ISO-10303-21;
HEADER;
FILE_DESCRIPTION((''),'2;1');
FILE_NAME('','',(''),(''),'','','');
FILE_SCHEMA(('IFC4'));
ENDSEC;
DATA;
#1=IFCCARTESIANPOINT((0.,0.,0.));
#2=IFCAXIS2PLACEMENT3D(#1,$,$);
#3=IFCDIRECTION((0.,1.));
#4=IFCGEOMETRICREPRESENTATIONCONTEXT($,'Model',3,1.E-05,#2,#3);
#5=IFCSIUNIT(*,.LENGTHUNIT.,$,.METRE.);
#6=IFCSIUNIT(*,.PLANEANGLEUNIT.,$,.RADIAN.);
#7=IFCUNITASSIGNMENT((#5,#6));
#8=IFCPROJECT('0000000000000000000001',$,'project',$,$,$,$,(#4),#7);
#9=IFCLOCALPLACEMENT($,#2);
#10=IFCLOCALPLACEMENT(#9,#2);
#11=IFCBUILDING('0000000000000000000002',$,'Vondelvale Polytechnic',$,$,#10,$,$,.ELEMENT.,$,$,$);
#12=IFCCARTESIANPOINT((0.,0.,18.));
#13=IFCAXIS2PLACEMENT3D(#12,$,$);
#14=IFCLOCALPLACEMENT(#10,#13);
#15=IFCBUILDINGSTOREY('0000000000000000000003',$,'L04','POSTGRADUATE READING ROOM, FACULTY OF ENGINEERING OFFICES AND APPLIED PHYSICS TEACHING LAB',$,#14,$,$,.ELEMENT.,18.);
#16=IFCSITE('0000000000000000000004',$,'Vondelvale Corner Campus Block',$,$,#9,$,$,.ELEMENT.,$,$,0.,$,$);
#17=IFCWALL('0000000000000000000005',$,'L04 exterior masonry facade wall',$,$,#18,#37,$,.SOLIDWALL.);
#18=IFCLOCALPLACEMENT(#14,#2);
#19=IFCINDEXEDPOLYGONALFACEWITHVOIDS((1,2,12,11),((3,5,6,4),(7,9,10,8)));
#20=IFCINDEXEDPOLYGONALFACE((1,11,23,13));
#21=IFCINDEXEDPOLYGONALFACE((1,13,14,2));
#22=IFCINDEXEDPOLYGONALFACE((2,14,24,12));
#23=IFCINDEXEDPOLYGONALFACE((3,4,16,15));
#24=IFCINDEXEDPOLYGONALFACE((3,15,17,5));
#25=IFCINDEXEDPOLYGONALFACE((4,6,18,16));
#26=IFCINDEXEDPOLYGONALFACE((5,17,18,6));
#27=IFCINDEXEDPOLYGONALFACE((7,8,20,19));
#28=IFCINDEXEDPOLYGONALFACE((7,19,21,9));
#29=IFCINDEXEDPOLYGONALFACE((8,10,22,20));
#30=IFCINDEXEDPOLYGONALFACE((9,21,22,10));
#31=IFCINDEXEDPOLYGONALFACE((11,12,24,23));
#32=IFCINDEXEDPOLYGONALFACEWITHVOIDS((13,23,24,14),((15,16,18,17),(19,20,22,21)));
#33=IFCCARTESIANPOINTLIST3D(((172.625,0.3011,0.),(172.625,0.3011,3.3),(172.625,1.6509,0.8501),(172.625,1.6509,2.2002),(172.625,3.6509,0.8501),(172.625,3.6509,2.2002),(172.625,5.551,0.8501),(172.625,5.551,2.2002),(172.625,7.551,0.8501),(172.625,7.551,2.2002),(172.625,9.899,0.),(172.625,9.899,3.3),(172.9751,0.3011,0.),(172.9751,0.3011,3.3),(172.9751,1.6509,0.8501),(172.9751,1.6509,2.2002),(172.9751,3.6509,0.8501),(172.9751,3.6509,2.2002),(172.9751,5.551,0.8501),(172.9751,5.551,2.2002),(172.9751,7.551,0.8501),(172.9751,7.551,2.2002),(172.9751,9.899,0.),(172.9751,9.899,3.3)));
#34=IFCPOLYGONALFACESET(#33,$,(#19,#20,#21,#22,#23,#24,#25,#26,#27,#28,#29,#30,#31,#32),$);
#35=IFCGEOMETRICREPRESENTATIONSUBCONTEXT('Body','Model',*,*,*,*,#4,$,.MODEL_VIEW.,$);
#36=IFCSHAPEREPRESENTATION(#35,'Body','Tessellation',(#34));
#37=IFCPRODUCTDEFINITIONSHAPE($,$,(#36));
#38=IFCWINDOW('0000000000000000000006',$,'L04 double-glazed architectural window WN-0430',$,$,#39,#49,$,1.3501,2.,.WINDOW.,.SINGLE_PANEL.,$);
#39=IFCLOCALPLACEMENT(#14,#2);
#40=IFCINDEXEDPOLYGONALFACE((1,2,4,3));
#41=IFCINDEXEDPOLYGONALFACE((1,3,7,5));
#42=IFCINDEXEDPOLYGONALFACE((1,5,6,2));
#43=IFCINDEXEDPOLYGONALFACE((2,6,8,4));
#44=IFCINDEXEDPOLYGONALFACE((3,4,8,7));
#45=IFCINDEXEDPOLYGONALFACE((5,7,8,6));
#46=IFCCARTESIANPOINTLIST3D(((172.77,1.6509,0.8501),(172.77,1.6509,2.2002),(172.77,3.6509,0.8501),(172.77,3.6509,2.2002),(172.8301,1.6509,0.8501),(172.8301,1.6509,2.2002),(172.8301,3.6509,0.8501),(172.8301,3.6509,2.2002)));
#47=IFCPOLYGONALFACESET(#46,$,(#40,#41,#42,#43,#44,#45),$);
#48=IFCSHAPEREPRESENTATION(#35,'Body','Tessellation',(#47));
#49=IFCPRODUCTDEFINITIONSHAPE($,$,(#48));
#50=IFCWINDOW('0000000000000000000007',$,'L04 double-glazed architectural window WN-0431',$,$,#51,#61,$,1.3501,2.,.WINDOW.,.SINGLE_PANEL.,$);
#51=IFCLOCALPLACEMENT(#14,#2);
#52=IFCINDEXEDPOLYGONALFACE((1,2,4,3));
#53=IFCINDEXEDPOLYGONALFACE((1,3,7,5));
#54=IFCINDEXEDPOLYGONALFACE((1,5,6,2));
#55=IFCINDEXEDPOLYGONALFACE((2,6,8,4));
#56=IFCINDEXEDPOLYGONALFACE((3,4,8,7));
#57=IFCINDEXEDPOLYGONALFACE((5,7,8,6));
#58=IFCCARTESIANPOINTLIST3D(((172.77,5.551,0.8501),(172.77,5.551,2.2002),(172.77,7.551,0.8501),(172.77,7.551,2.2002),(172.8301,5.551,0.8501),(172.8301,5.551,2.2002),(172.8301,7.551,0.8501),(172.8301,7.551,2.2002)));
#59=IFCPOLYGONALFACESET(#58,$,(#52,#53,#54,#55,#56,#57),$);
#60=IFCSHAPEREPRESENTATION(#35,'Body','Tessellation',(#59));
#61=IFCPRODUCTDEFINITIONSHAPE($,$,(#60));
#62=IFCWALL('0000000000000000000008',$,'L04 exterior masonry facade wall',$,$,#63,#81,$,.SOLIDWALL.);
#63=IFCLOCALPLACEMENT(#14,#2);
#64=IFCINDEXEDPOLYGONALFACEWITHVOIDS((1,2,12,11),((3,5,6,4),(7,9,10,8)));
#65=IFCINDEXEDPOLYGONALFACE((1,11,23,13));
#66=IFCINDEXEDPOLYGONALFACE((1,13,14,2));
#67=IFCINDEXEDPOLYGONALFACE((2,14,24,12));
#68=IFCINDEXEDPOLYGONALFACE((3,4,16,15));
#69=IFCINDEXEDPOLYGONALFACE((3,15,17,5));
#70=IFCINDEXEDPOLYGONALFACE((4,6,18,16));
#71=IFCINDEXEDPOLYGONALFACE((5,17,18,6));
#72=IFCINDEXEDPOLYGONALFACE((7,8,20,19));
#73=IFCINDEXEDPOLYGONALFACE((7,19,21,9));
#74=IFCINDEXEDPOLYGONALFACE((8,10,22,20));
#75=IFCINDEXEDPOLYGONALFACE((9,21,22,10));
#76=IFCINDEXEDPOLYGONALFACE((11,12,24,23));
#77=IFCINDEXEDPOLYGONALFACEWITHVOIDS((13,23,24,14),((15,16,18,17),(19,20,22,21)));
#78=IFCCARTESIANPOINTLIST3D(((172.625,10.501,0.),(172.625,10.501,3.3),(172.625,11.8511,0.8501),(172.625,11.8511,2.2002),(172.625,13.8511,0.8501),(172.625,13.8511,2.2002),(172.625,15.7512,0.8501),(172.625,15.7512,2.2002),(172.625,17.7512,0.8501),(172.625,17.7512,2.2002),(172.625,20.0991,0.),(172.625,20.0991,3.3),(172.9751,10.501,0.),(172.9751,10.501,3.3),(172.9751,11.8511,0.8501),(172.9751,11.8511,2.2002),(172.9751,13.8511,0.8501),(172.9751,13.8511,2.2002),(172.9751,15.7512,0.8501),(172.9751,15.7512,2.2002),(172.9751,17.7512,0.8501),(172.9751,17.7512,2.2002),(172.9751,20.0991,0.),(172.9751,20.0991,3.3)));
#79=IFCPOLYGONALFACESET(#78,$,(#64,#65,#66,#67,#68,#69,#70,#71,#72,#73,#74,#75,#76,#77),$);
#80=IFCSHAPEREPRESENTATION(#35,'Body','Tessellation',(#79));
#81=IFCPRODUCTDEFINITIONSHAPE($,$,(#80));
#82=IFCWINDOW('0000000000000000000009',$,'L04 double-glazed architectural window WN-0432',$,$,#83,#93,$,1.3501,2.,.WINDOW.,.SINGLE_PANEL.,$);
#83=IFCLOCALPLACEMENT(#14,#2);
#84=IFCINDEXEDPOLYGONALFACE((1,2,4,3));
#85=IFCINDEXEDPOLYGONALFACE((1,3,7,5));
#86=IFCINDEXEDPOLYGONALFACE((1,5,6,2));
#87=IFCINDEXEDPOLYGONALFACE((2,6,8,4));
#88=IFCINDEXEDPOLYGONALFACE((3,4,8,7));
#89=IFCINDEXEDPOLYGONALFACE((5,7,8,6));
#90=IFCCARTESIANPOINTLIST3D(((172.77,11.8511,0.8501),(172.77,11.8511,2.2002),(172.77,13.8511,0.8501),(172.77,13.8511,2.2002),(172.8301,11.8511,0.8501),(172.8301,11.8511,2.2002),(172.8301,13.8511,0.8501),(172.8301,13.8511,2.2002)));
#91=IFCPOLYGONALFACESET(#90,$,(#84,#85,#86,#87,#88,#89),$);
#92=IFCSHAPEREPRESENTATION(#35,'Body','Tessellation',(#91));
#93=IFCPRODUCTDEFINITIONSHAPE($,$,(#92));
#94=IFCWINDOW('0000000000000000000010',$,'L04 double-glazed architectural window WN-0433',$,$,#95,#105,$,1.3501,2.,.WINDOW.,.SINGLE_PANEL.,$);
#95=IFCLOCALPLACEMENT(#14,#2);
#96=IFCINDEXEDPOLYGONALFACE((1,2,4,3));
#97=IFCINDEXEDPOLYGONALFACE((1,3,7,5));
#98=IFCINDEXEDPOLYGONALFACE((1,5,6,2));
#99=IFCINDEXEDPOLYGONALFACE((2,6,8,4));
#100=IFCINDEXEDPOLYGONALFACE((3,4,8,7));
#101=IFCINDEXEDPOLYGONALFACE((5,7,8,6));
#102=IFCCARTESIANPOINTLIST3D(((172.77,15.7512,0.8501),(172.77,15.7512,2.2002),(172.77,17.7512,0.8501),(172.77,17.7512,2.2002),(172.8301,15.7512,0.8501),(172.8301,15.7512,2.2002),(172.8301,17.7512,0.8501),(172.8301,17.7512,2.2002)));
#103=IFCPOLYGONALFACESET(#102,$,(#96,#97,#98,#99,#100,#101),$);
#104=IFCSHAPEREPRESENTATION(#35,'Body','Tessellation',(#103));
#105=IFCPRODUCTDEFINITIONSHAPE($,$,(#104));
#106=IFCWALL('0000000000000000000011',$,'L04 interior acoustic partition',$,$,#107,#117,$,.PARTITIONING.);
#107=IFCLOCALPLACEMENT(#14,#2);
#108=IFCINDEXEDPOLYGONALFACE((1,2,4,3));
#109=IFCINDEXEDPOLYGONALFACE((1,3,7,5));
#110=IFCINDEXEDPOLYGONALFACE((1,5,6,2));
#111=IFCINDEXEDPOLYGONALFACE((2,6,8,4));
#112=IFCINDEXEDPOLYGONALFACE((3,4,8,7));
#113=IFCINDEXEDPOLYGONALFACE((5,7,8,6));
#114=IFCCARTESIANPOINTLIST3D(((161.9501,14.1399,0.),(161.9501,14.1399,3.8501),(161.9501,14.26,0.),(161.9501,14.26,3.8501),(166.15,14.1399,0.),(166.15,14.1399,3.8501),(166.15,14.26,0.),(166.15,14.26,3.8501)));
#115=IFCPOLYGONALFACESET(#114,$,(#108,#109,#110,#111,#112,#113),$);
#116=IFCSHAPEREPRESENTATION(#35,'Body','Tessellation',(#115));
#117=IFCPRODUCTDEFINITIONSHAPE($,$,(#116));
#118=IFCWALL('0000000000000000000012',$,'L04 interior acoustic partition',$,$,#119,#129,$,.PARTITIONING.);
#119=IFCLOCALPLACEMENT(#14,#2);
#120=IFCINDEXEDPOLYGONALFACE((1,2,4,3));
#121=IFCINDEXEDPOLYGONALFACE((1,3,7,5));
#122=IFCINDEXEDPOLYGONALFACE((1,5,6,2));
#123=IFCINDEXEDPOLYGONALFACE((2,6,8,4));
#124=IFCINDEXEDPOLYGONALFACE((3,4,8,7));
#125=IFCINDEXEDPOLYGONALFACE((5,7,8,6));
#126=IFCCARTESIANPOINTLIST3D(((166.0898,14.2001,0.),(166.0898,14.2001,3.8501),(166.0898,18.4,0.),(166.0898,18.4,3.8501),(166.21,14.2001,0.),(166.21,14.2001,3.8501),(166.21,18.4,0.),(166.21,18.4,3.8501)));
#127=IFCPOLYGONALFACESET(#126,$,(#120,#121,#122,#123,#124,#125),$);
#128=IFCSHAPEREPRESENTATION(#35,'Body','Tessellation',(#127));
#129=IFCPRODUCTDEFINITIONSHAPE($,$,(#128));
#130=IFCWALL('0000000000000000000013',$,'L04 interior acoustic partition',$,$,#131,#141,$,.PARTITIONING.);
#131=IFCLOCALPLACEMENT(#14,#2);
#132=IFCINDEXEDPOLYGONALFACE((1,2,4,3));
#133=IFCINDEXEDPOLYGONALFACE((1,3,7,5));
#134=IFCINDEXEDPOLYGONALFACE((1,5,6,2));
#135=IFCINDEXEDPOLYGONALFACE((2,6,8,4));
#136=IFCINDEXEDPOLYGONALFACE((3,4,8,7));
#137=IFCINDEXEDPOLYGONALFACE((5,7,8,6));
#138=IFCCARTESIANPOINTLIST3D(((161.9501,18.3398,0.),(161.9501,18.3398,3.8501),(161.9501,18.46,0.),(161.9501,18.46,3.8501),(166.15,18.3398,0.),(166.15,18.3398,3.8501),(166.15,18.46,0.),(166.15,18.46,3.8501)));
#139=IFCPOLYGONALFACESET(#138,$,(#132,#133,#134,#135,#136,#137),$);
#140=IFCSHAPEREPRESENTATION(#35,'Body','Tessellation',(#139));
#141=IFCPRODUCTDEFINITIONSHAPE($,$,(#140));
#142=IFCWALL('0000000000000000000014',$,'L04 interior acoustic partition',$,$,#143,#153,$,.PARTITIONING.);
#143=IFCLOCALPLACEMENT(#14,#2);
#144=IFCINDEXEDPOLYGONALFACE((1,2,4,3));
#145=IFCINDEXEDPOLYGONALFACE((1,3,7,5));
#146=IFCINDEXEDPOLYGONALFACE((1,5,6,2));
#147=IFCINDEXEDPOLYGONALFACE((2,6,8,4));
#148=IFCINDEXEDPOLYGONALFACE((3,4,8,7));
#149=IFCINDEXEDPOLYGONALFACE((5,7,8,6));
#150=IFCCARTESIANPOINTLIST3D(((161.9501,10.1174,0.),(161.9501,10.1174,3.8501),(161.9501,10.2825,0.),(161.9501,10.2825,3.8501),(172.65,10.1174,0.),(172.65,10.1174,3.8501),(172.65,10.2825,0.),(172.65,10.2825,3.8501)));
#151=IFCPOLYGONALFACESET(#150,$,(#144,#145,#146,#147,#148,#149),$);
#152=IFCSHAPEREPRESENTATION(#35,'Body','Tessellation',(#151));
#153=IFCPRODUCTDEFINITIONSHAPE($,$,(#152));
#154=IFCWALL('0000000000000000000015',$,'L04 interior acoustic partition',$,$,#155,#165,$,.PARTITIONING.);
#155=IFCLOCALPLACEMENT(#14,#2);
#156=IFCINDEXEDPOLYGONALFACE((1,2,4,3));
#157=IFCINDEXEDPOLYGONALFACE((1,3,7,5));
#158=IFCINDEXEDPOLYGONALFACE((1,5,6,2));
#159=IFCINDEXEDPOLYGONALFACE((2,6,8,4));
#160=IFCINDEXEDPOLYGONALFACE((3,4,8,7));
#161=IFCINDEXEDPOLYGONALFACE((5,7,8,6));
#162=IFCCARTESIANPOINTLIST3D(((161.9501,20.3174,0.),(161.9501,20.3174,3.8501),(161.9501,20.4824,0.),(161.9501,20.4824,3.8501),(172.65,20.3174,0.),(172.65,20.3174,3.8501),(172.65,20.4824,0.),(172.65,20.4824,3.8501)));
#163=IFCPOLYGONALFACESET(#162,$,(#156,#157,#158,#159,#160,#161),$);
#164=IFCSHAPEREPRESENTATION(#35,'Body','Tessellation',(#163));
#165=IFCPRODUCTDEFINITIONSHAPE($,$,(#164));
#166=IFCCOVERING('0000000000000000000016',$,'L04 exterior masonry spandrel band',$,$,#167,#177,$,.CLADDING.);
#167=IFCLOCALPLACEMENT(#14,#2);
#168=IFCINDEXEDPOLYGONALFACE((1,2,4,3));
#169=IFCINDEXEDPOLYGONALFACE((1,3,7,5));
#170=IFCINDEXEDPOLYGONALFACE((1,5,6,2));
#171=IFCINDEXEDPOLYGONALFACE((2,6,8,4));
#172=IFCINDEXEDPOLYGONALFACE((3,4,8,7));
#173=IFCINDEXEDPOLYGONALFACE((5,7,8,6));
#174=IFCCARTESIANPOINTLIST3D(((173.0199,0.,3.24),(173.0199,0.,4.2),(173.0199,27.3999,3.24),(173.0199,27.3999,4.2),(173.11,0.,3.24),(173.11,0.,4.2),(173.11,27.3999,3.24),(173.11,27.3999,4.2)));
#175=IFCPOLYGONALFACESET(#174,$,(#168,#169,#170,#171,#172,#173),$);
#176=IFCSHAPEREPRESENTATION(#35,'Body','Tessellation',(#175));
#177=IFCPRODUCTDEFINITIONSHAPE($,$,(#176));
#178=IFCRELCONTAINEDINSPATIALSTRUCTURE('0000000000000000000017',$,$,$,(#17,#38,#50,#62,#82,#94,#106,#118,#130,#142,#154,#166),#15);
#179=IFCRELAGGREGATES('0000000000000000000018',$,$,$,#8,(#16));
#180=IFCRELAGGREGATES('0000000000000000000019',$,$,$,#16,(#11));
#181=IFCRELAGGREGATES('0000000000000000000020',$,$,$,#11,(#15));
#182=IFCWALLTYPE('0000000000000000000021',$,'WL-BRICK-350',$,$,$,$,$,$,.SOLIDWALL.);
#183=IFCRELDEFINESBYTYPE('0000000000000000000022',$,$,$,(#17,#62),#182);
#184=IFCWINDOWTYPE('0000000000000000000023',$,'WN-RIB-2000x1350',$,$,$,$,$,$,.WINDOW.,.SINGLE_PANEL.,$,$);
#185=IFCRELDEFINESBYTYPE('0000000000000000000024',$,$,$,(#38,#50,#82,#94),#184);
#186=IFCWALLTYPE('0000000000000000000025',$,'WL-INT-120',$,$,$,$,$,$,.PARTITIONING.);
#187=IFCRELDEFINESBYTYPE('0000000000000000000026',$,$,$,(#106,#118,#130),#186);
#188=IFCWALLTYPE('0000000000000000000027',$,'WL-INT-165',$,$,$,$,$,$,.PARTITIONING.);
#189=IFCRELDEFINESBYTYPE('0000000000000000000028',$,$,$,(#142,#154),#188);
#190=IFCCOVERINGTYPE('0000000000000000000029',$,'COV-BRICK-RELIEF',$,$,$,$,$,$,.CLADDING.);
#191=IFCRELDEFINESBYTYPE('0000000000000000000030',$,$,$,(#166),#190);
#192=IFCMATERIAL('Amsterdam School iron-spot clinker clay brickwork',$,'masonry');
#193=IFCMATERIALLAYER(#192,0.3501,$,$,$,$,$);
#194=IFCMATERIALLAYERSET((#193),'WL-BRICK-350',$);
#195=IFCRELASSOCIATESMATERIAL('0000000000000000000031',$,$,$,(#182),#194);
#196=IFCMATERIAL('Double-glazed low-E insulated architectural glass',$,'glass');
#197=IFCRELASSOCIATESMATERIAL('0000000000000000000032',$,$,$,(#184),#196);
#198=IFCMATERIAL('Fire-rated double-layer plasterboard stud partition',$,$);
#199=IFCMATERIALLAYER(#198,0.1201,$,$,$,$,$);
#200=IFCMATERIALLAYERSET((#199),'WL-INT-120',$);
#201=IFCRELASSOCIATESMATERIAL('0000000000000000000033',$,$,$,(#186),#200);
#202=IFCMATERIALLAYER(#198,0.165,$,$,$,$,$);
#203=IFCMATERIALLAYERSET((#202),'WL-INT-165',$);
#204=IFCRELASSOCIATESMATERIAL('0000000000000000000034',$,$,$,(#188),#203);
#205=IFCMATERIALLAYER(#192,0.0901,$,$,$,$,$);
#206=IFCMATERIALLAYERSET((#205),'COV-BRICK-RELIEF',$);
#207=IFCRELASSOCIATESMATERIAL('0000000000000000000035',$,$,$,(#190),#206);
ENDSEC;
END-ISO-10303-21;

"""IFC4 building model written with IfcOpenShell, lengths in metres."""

from ifc_helpers import new_model, si_unit, direction, frame, frame_2d, origin, origin_2d, place, context, subcontext, project, spatial, rectangle, extrude, material, layer, layer_set, type_object, element, fill, save


model = new_model("IFC4")

# Units and contexts
model_context = context("Model", 3, precision=1e-05, world=origin(), true_north=direction((0.0, 1.0)))
body_context = subcontext(model_context, "Body", "Model", "MODEL_VIEW")
ifc_project = project(units=[si_unit("LENGTHUNIT", "METRE"), si_unit("PLANEANGLEUNIT", "RADIAN")], contexts=[model_context])

# Site, building, storey
site_placement = place(None, origin())
site = spatial("IfcSite", under=ifc_project, at=site_placement, Name="Vondelvale Corner Campus Block", CompositionType="ELEMENT", RefElevation=0.0)
building_placement = place(site_placement, origin())
building = spatial("IfcBuilding", under=site, at=building_placement, Name="Vondelvale Polytechnic", CompositionType="ELEMENT")
storey_placement = place(building_placement, frame((0.0, 0.0, 18.0)))
storey = spatial("IfcBuildingStorey", under=building, at=storey_placement, Name="L04", Description="POSTGRADUATE READING ROOM, FACULTY OF ENGINEERING OFFICES AND APPLIED PHYSICS TEACHING LAB", CompositionType="ELEMENT", Elevation=18.0)

# Walls, openings, windows
ifc_material_1 = material(Name="Amsterdam School iron-spot clinker clay brickwork", Category="masonry")
ifc_layer_1 = layer(ifc_material_1, 0.3501)
ifc_layer_set_1 = layer_set([ifc_layer_1], Name="WL-BRICK-350")
wall_type_1 = type_object("IfcWallType", Name="WL-BRICK-350", PredefinedType="SOLIDWALL", material=ifc_layer_set_1)
wall_1_placement = place(storey_placement, frame((172.8, 9.8989, 0.0), z_axis=(0.0, 0.0, 1.0), x_axis=(0.0, -1.0, 0.0)))
wall_1 = element("IfcWall", 1, at=wall_1_placement, inside=storey, type_object=wall_type_1, Name="L04 exterior masonry facade wall", PredefinedType="SOLIDWALL", context=body_context, shape_type="SweptSolid", body=[
    extrude(rectangle(XDim=9.5979, YDim=0.3501, at=frame_2d((4.7988, 0.0))), origin(), (0.0, 0.0, 1.0), 3.3),
])
opening_1_placement = place(wall_1_placement, frame((6.248, 0.0, 0.8501)))
opening_1 = element("IfcOpeningElement", 2, at=opening_1_placement, cuts=wall_1, PredefinedType="OPENING", context=body_context, shape_type="SweptSolid", body=[
    extrude(rectangle(XDim=2.0, YDim=1.3501, at=frame_2d((1.0, 0.675))), frame((0.0, 0.1851, 0.0), z_axis=(0.0, -1.0, 0.0), x_axis=(1.0, 0.0, 0.0)), (0.0, 0.0, 1.0), 0.3701),
])
opening_2_placement = place(wall_1_placement, frame((2.3479, 0.0, 0.8501)))
opening_2 = element("IfcOpeningElement", 3, at=opening_2_placement, cuts=wall_1, PredefinedType="OPENING", context=body_context, shape_type="SweptSolid", body=[
    extrude(rectangle(XDim=2.0, YDim=1.3501, at=frame_2d((1.0, 0.675))), frame((0.0, 0.1851, 0.0), z_axis=(0.0, -1.0, 0.0), x_axis=(1.0, 0.0, 0.0)), (0.0, 0.0, 1.0), 0.3701),
])
ifc_material_2 = material(Name="Double-glazed low-E insulated architectural glass", Category="glass")
window_type = type_object("IfcWindowType", Name="WN-RIB-2000x1350", PartitioningType="SINGLE_PANEL", PredefinedType="WINDOW", material=ifc_material_2)
window_1_placement = place(opening_1_placement, origin())
window_1 = element("IfcWindow", 4, at=window_1_placement, inside=storey, type_object=window_type, Name="L04 double-glazed architectural window WN-0430", OverallHeight=1.3501, OverallWidth=2.0, PartitioningType="SINGLE_PANEL", PredefinedType="WINDOW", context=body_context, shape_type="SweptSolid", body=[
    extrude(rectangle(XDim=2.0, YDim=1.3501, at=frame_2d((1.0, 0.675))), frame((0.0, 0.03, 0.0), z_axis=(0.0, -1.0, 0.0), x_axis=(1.0, 0.0, 0.0)), (0.0, 0.0, 1.0), 0.0601),
])
fill(opening_1, window_1)
window_2_placement = place(opening_2_placement, origin())
window_2 = element("IfcWindow", 5, at=window_2_placement, inside=storey, type_object=window_type, Name="L04 double-glazed architectural window WN-0431", OverallHeight=1.3501, OverallWidth=2.0, PartitioningType="SINGLE_PANEL", PredefinedType="WINDOW", context=body_context, shape_type="SweptSolid", body=[
    extrude(rectangle(XDim=2.0, YDim=1.3501, at=frame_2d((1.0, 0.675))), frame((0.0, 0.03, 0.0), z_axis=(0.0, -1.0, 0.0), x_axis=(1.0, 0.0, 0.0)), (0.0, 0.0, 1.0), 0.0601),
])
fill(opening_2, window_2)
wall_2_placement = place(storey_placement, frame((172.8, 20.0991, 0.0), z_axis=(0.0, 0.0, 1.0), x_axis=(0.0, -1.0, 0.0)))
wall_2 = element("IfcWall", 6, at=wall_2_placement, inside=storey, type_object=wall_type_1, Name="L04 exterior masonry facade wall", PredefinedType="SOLIDWALL", context=body_context, shape_type="SweptSolid", body=[
    extrude(rectangle(XDim=9.5981, YDim=0.3501, at=frame_2d((4.7991, 0.0))), origin(), (0.0, 0.0, 1.0), 3.3),
])
opening_3_placement = place(wall_2_placement, frame((6.248, 0.0, 0.8501)))
opening_3 = element("IfcOpeningElement", 7, at=opening_3_placement, cuts=wall_2, PredefinedType="OPENING", context=body_context, shape_type="SweptSolid", body=[
    extrude(rectangle(XDim=2.0, YDim=1.3501, at=frame_2d((1.0, 0.675))), frame((0.0, 0.1851, 0.0), z_axis=(0.0, -1.0, 0.0), x_axis=(1.0, 0.0, 0.0)), (0.0, 0.0, 1.0), 0.3701),
])
opening_4_placement = place(wall_2_placement, frame((2.3479, 0.0, 0.8501)))
opening_4 = element("IfcOpeningElement", 8, at=opening_4_placement, cuts=wall_2, PredefinedType="OPENING", context=body_context, shape_type="SweptSolid", body=[
    extrude(rectangle(XDim=2.0, YDim=1.3501, at=frame_2d((1.0, 0.675))), frame((0.0, 0.1851, 0.0), z_axis=(0.0, -1.0, 0.0), x_axis=(1.0, 0.0, 0.0)), (0.0, 0.0, 1.0), 0.3701),
])
window_3_placement = place(opening_3_placement, origin())
window_3 = element("IfcWindow", 9, at=window_3_placement, inside=storey, type_object=window_type, Name="L04 double-glazed architectural window WN-0432", OverallHeight=1.3501, OverallWidth=2.0, PartitioningType="SINGLE_PANEL", PredefinedType="WINDOW", context=body_context, shape_type="SweptSolid", body=[
    extrude(rectangle(XDim=2.0, YDim=1.3501, at=frame_2d((1.0, 0.675))), frame((0.0, 0.03, 0.0), z_axis=(0.0, -1.0, 0.0), x_axis=(1.0, 0.0, 0.0)), (0.0, 0.0, 1.0), 0.0601),
])
fill(opening_3, window_3)
window_4_placement = place(opening_4_placement, origin())
window_4 = element("IfcWindow", 10, at=window_4_placement, inside=storey, type_object=window_type, Name="L04 double-glazed architectural window WN-0433", OverallHeight=1.3501, OverallWidth=2.0, PartitioningType="SINGLE_PANEL", PredefinedType="WINDOW", context=body_context, shape_type="SweptSolid", body=[
    extrude(rectangle(XDim=2.0, YDim=1.3501, at=frame_2d((1.0, 0.675))), frame((0.0, 0.03, 0.0), z_axis=(0.0, -1.0, 0.0), x_axis=(1.0, 0.0, 0.0)), (0.0, 0.0, 1.0), 0.0601),
])
fill(opening_4, window_4)

# Walls
ifc_material_3 = material(Name="Fire-rated double-layer plasterboard stud partition")
ifc_layer_2 = layer(ifc_material_3, 0.1201)
ifc_layer_set_2 = layer_set([ifc_layer_2], Name="WL-INT-120")
wall_type_2 = type_object("IfcWallType", Name="WL-INT-120", PredefinedType="PARTITIONING", material=ifc_layer_set_2)
for number, where, z_axis, x_axis, name in (
    (11, (161.95, 14.2, 0.0), (0.0, 0.0, 1.0), (1.0, 0.0, 0.0), "L04 interior acoustic partition"),
    (12, (166.1499, 14.2, 0.0), (0.0, 0.0, 1.0), (0.0, 1.0, 0.0), "L04 interior acoustic partition"),
    (13, (161.95, 18.3999, 0.0), (0.0, 0.0, 1.0), (1.0, 0.0, 0.0), "L04 interior acoustic partition"),
):
    element("IfcWall", number, at=place(storey_placement, frame(where, z_axis=z_axis, x_axis=x_axis)), inside=storey, type_object=wall_type_2, Name=name, PredefinedType="PARTITIONING", context=body_context, shape_type="SweptSolid", body=[
        extrude(rectangle(XDim=4.2, YDim=0.1201, at=frame_2d((2.1001, 0.0))), origin(), (0.0, 0.0, 1.0), 3.8501),
    ])
ifc_layer_3 = layer(ifc_material_3, 0.165)
ifc_layer_set_3 = layer_set([ifc_layer_3], Name="WL-INT-165")
wall_type_3 = type_object("IfcWallType", Name="WL-INT-165", PredefinedType="PARTITIONING", material=ifc_layer_set_3)
for number, where, z_axis, x_axis, name in (
    (14, (161.95, 10.2, 0.0), (0.0, 0.0, 1.0), (1.0, 0.0, 0.0), "L04 interior acoustic partition"),
    (15, (161.95, 20.3999, 0.0), (0.0, 0.0, 1.0), (1.0, 0.0, 0.0), "L04 interior acoustic partition"),
):
    element("IfcWall", number, at=place(storey_placement, frame(where, z_axis=z_axis, x_axis=x_axis)), inside=storey, type_object=wall_type_3, Name=name, PredefinedType="PARTITIONING", context=body_context, shape_type="SweptSolid", body=[
        extrude(rectangle(XDim=10.7, YDim=0.165, at=frame_2d((5.3501, 0.0))), origin(), (0.0, 0.0, 1.0), 3.8501),
    ])

# Covering
ifc_layer_4 = layer(ifc_material_1, 0.0901)
ifc_layer_set_4 = layer_set([ifc_layer_4], Name="COV-BRICK-RELIEF")
covering_type = type_object("IfcCoveringType", Name="COV-BRICK-RELIEF", PredefinedType="CLADDING", material=ifc_layer_set_4)
covering_1_placement = place(storey_placement, frame((173.0649, 13.7, 3.24), z_axis=(0.0, 0.0, 1.0), x_axis=(0.0, 1.0, 0.0)))
element("IfcCovering", 16, at=covering_1_placement, inside=storey, type_object=covering_type, Name="L04 exterior masonry spandrel band", PredefinedType="CLADDING", context=body_context, shape_type="SweptSolid", body=[
    extrude(rectangle(XDim=27.3999, YDim=0.0901, at=origin_2d()), origin(), (0.0, 0.0, 1.0), 0.96),
])

save(model, "model.ifc")
